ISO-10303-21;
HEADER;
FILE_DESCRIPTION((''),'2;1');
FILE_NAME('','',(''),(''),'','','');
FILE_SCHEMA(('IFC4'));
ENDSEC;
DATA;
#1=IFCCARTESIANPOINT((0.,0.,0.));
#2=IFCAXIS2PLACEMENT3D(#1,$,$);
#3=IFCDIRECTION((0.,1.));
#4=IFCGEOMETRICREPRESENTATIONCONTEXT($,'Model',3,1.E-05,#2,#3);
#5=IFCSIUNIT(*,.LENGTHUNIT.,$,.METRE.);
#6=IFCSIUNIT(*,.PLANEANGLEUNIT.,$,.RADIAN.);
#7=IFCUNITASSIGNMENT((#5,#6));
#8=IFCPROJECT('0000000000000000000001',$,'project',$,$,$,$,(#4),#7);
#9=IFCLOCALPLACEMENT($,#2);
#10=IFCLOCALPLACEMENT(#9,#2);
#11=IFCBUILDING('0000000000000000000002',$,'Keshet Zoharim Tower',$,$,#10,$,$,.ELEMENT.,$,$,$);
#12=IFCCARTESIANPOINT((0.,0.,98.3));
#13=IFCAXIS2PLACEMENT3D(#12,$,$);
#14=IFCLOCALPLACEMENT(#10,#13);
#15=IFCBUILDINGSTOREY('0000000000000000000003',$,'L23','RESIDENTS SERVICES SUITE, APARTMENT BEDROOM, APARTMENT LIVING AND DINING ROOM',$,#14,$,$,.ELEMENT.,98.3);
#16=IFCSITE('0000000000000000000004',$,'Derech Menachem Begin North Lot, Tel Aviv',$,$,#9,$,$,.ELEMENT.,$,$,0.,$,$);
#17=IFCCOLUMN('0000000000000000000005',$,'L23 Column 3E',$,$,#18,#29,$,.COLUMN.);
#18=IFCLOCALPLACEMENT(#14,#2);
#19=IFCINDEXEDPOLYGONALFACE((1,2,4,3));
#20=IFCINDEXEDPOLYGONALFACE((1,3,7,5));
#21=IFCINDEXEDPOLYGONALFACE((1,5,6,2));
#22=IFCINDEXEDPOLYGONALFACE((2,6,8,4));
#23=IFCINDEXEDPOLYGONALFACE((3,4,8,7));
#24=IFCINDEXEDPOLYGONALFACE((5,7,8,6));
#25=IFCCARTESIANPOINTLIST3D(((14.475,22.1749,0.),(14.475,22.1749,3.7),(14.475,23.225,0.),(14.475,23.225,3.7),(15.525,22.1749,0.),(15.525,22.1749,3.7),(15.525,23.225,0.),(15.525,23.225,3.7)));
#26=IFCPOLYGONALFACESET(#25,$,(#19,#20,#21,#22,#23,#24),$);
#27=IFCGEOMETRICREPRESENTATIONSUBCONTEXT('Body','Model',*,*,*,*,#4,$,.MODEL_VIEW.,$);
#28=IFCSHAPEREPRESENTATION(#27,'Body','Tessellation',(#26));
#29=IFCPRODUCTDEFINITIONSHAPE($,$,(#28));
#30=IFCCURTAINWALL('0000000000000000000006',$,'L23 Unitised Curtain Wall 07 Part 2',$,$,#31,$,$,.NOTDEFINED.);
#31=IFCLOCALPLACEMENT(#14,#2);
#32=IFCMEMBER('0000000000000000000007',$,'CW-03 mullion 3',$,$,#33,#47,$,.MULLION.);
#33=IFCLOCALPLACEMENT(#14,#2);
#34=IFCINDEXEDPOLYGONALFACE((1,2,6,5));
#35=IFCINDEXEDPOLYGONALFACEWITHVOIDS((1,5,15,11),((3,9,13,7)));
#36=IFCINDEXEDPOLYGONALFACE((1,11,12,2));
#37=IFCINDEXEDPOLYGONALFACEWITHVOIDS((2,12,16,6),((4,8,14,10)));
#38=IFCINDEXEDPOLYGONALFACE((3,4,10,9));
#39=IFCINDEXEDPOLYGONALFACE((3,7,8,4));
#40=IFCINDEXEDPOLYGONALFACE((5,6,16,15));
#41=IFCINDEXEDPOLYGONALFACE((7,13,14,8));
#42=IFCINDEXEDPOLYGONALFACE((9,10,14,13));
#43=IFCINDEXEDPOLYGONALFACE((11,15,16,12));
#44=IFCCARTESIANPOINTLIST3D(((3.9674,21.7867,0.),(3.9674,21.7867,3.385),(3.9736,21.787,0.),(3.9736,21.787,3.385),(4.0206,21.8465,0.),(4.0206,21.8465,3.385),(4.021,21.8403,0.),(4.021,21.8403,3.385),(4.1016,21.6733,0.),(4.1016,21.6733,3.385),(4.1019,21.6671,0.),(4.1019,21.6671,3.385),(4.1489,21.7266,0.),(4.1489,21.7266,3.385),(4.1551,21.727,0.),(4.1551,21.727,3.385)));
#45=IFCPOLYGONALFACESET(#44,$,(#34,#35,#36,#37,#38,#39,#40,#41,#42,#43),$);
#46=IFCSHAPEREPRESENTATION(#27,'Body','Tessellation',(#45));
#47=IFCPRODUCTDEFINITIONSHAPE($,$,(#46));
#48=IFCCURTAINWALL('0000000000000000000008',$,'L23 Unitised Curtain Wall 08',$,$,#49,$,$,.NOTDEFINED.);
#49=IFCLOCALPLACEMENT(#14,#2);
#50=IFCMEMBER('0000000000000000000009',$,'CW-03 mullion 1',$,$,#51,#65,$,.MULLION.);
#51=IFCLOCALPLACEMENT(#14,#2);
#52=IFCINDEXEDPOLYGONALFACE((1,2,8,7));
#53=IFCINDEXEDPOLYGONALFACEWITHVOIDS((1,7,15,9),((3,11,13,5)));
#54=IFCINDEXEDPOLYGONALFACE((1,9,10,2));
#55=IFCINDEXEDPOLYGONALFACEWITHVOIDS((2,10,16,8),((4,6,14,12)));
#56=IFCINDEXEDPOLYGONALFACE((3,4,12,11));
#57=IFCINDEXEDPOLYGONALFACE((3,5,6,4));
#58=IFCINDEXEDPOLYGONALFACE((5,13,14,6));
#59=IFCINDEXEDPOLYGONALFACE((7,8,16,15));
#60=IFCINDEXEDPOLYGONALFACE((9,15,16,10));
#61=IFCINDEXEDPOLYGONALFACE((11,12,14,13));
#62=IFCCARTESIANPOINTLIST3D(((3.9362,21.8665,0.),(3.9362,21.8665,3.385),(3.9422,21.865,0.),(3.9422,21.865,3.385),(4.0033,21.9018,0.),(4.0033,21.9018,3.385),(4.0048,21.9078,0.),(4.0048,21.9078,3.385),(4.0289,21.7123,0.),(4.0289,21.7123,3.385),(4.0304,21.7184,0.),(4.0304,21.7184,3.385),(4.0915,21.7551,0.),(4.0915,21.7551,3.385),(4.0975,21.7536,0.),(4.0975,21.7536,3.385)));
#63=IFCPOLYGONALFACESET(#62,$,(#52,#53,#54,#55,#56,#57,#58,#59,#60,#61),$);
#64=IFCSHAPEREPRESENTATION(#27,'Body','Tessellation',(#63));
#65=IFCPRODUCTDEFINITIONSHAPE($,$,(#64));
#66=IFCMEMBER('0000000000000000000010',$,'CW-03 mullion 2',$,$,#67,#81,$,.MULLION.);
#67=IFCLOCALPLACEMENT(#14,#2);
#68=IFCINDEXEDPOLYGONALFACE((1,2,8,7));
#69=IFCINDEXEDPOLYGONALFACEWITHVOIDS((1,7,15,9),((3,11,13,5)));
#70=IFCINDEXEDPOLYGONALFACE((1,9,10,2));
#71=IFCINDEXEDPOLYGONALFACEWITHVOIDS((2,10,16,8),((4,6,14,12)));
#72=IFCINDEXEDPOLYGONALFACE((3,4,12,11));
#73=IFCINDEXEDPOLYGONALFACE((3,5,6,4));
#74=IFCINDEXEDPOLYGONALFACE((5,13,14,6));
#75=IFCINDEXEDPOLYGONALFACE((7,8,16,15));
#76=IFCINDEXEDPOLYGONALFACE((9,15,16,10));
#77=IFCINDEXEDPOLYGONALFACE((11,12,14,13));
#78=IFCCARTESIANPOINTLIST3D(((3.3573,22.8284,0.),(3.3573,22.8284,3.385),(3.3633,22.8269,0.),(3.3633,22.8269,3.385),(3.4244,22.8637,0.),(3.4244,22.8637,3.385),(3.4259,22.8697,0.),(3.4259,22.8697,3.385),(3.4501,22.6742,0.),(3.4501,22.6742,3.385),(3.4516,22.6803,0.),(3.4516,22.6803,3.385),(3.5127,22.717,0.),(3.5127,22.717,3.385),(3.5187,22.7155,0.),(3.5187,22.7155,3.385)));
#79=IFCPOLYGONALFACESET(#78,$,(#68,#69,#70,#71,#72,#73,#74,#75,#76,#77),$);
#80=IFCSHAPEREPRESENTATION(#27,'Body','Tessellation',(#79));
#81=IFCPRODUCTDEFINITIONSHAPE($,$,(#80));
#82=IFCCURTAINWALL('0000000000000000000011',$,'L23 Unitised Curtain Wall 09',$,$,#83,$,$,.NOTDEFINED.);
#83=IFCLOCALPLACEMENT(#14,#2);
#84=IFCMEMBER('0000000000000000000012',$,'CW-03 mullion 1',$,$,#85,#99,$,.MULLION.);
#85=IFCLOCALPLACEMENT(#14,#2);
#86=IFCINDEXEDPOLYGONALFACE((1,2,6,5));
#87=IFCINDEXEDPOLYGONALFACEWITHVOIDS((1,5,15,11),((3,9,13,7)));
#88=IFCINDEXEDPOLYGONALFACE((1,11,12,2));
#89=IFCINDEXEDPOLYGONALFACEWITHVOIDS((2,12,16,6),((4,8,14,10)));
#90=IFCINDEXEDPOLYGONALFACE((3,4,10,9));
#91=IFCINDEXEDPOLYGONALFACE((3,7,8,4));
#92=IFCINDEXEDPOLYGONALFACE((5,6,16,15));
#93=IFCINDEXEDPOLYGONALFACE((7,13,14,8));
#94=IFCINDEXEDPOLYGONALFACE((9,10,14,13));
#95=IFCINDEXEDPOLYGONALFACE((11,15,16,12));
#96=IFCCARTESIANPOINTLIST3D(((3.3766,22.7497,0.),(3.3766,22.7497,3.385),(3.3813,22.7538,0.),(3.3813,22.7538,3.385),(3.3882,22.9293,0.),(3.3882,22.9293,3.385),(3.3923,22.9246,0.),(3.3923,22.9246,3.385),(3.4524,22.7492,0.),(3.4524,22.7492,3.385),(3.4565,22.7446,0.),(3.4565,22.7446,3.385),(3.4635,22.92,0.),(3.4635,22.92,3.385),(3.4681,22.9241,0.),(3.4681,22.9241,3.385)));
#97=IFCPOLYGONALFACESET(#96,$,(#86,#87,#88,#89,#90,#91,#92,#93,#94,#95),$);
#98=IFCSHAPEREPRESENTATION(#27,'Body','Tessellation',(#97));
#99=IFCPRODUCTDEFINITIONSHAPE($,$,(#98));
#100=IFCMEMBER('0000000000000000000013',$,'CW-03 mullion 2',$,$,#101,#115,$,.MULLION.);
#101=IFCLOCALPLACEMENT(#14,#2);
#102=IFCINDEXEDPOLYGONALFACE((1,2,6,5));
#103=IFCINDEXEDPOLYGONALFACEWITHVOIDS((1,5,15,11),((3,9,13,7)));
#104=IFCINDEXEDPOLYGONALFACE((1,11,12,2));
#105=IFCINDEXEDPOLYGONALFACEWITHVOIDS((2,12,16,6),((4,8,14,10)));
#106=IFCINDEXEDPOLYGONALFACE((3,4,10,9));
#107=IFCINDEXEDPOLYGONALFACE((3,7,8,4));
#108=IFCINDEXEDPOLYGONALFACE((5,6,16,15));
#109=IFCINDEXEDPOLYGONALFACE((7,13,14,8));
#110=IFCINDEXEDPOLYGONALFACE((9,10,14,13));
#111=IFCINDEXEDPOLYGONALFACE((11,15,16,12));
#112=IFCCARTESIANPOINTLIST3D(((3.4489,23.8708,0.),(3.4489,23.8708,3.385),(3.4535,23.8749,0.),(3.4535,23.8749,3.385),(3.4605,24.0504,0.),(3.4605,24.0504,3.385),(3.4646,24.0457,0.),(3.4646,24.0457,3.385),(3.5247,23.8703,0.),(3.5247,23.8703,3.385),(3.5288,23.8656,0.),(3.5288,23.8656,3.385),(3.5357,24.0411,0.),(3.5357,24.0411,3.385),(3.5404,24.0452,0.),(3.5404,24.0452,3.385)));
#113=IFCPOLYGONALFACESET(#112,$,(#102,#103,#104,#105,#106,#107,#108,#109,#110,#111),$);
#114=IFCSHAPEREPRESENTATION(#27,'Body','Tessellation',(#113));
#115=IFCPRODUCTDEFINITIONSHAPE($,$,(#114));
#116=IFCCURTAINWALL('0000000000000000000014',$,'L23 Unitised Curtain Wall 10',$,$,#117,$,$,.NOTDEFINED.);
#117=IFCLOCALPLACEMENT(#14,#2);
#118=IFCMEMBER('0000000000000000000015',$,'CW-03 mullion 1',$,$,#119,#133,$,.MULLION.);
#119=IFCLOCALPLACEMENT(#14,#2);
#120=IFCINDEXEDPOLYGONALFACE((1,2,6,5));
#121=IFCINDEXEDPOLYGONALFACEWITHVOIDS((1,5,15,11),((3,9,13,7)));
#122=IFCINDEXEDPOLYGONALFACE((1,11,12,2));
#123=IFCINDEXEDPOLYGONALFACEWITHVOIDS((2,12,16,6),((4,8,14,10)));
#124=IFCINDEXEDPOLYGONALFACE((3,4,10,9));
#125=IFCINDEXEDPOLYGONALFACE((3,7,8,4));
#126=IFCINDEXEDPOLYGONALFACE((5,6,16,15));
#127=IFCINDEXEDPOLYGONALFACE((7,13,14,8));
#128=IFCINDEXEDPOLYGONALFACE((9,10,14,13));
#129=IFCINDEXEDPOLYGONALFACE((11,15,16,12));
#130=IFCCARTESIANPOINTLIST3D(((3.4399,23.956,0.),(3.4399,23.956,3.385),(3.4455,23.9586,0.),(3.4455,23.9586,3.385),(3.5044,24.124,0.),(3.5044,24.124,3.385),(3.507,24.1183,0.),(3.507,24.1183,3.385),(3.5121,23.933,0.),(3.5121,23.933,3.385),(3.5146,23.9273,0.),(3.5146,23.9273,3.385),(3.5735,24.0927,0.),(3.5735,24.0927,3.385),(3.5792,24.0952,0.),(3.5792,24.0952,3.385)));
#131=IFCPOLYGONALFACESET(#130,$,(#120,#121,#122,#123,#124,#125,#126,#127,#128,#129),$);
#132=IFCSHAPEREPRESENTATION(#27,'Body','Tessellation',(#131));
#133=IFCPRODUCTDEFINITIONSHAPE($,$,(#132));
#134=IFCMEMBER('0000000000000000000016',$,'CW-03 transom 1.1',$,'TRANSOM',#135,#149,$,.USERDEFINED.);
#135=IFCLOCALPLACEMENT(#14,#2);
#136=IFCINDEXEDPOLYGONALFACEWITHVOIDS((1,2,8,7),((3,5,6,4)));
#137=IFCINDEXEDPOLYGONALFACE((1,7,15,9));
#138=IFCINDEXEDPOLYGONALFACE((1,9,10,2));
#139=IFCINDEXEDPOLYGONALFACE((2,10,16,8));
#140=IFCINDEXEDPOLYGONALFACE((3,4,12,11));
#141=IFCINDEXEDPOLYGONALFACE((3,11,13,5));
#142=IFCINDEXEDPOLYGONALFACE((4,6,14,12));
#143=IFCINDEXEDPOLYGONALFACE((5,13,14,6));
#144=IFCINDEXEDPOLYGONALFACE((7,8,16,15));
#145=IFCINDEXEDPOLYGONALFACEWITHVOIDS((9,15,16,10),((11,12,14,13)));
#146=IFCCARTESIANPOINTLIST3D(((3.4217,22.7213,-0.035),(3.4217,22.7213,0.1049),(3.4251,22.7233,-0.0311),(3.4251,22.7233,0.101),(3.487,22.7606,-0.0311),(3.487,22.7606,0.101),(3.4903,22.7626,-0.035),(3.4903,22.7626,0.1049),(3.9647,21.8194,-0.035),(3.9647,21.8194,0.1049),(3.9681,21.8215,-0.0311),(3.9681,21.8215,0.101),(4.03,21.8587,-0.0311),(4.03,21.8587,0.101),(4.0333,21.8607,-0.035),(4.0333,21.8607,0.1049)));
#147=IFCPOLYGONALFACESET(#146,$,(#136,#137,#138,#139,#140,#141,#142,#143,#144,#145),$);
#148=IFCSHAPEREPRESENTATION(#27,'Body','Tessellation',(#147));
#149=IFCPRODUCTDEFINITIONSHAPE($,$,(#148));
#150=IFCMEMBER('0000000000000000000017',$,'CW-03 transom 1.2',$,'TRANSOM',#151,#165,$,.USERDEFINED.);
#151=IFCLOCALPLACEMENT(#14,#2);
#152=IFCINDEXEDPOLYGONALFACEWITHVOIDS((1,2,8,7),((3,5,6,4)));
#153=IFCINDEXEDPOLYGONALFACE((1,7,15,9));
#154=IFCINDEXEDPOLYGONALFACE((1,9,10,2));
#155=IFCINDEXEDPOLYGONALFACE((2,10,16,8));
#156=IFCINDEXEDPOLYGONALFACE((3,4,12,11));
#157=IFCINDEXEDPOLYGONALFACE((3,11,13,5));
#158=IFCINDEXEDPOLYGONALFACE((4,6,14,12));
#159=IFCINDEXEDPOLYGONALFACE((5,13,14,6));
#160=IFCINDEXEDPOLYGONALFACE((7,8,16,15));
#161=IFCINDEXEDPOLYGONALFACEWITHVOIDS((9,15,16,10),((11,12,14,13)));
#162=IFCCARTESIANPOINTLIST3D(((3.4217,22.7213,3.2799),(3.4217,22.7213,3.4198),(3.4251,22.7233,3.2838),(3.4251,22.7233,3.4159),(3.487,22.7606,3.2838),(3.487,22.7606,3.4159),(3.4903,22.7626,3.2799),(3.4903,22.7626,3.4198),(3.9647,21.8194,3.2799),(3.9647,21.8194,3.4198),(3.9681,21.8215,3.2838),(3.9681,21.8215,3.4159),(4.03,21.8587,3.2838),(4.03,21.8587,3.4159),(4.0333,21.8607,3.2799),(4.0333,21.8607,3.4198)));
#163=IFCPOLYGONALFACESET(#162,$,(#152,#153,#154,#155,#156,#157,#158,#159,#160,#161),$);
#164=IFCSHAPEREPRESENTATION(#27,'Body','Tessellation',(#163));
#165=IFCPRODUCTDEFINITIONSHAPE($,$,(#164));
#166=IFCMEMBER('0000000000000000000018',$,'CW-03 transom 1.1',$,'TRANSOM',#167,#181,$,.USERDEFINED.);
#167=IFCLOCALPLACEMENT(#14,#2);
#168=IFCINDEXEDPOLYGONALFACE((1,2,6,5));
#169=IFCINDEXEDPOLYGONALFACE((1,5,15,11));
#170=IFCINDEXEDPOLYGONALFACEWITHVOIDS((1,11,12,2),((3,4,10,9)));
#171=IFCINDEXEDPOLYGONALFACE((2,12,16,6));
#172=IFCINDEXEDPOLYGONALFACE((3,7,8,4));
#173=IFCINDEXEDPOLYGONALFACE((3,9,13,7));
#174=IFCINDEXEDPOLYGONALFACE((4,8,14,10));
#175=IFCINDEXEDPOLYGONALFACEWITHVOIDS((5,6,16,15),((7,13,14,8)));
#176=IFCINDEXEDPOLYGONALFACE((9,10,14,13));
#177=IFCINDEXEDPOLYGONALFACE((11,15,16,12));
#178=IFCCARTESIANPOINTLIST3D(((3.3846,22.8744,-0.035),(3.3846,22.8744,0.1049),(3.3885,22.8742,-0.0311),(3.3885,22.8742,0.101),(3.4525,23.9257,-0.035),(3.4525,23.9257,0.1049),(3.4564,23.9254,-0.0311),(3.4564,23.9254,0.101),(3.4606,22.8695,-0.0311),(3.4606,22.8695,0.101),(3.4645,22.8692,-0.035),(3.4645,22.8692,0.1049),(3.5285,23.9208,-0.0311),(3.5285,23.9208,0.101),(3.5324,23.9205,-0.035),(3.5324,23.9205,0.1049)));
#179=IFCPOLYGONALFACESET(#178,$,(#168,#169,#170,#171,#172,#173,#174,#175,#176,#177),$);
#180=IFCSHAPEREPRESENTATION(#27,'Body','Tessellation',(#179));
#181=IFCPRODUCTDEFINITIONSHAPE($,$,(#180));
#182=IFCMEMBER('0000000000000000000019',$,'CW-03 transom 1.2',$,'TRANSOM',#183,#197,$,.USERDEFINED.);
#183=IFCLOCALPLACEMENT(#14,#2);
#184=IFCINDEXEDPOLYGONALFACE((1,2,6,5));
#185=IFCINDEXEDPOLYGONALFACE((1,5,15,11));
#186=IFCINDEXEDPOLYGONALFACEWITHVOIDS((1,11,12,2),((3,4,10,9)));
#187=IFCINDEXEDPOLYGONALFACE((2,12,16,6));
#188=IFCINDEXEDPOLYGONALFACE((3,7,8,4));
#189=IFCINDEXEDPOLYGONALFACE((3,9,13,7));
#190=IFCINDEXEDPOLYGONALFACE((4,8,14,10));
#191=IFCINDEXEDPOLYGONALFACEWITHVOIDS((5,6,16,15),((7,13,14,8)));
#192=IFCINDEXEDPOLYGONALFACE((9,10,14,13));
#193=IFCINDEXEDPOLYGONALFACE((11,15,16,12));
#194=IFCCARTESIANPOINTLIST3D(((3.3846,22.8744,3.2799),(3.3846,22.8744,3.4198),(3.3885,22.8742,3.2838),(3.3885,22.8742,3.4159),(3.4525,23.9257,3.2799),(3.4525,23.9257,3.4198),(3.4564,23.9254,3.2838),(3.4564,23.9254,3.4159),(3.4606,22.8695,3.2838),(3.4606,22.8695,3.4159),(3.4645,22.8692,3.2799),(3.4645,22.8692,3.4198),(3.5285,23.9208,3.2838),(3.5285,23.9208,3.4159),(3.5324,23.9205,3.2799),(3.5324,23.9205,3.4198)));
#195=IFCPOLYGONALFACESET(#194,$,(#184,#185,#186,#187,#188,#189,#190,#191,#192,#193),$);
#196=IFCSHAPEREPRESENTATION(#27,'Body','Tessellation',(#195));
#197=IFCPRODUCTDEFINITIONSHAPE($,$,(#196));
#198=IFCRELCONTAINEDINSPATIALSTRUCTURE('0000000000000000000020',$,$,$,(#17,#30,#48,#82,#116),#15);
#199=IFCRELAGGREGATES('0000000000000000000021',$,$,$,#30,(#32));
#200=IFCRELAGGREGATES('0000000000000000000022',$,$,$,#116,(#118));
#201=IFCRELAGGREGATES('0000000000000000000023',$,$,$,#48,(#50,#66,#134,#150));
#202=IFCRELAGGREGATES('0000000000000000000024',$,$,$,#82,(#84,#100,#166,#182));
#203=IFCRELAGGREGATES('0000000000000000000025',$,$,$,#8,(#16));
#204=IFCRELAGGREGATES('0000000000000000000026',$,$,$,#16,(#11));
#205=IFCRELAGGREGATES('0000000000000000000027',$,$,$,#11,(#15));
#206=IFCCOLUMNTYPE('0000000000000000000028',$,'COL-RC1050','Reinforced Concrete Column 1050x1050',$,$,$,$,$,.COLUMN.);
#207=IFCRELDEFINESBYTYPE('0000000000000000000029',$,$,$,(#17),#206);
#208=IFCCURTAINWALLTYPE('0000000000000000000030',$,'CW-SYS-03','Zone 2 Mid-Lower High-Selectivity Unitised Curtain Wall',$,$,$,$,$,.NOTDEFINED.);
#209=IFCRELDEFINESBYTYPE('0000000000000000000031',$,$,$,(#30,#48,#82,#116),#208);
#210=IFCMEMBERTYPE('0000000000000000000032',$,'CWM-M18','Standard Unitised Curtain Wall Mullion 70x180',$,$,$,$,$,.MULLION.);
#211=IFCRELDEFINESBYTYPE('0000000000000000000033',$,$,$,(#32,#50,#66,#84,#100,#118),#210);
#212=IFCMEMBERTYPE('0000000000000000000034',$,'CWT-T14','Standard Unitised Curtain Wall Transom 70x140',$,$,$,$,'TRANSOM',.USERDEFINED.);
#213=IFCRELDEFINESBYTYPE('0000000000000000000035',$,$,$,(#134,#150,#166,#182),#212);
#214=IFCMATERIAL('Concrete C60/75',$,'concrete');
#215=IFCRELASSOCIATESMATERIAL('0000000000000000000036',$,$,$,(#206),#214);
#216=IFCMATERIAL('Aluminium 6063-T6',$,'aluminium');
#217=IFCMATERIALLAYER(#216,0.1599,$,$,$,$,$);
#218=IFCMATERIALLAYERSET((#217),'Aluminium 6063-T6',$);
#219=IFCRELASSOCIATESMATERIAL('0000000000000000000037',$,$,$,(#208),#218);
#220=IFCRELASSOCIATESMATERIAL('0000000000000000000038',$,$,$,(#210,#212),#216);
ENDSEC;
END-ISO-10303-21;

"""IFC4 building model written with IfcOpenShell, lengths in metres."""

from ifc_helpers import new_model, si_unit, direction, frame, origin, origin_2d, place, context, subcontext, project, spatial, rectangle, hollow_rectangle, extrude, material, layer, layer_set, material_profile, profile_set, type_object, element, aggregate, save


model = new_model("IFC4")

# Units and contexts
model_context = context("Model", 3, precision=1e-05, world=origin(), true_north=direction((0.0, 1.0)))
body_context = subcontext(model_context, "Body", "Model", "MODEL_VIEW")
ifc_project = project(units=[si_unit("LENGTHUNIT", "METRE"), si_unit("PLANEANGLEUNIT", "RADIAN")], contexts=[model_context])

# Site, building, storey
site_placement = place(None, origin())
site = spatial("IfcSite", under=ifc_project, at=site_placement, Name="Derech Menachem Begin North Lot, Tel Aviv", CompositionType="ELEMENT", RefElevation=0.0)
building_placement = place(site_placement, origin())
building = spatial("IfcBuilding", under=site, at=building_placement, Name="Keshet Zoharim Tower", CompositionType="ELEMENT")
storey_placement = place(building_placement, frame((0.0, 0.0, 98.3)))
storey = spatial("IfcBuildingStorey", under=building, at=storey_placement, Name="L23", Description="RESIDENTS SERVICES SUITE, APARTMENT BEDROOM, APARTMENT LIVING AND DINING ROOM", CompositionType="ELEMENT", Elevation=98.3)

# Column
ifc_material_1 = material(Name="Concrete C60/75", Category="concrete")
ifc_material_profile_1 = material_profile(ifc_material_1, rectangle(XDim=1.05, YDim=1.05, at=origin_2d()), Name="RC1050x1050")
ifc_profile_set_1 = profile_set([ifc_material_profile_1], Name="Concrete C60/75")
column_type = type_object("IfcColumnType", Name="COL-RC1050", Description="Reinforced Concrete Column 1050x1050", PredefinedType="COLUMN", material=ifc_profile_set_1)
column_placement = place(storey_placement, frame((15.0, 22.7, 0.0), z_axis=(0.0, 0.0, 1.0), x_axis=(1.0, 0.0, 0.0)))
element("IfcColumn", 1, at=column_placement, inside=storey, type_object=column_type, Name="L23 Column 3E", PredefinedType="COLUMN", context=body_context, shape_type="SweptSolid", body=[
    extrude(rectangle(XDim=1.05, YDim=1.05, at=origin_2d()), origin(), (0.0, 0.0, 1.0), 3.7),
])

# Curtain wall, member
ifc_material_2 = material(Name="Aluminium 6063-T6", Category="aluminium")
ifc_layer_1 = layer(ifc_material_2, 0.1599)
ifc_layer_set_1 = layer_set([ifc_layer_1], Name="Aluminium 6063-T6")
curtain_wall_type = type_object("IfcCurtainWallType", Name="CW-SYS-03", Description="Zone 2 Mid-Lower High-Selectivity Unitised Curtain Wall", PredefinedType="NOTDEFINED", material=ifc_layer_set_1)
curtain_wall_1_placement = place(storey_placement, origin())
curtain_wall_1 = element("IfcCurtainWall", 2, at=curtain_wall_1_placement, inside=storey, type_object=curtain_wall_type, Name="L23 Unitised Curtain Wall 07 Part 2", PredefinedType="NOTDEFINED")
ifc_material_profile_2 = material_profile(ifc_material_2, hollow_rectangle(XDim=0.0801, YDim=0.1799, WallThickness=0.0044, at=origin_2d()), Name="MUL-80x180")
ifc_profile_set_2 = profile_set([ifc_material_profile_2], Name="Aluminium 6063-T6")
member_type_1 = type_object("IfcMemberType", Name="CWM-M18", Description="Standard Unitised Curtain Wall Mullion 70x180", PredefinedType="MULLION", material=ifc_profile_set_2)
member_1_placement = place(storey_placement, frame((4.0613, 21.7568, 0.0), z_axis=(0.0, 0.0, 1.0), x_axis=(-0.664364, -0.747409, 0.0)))
member_1 = element("IfcMember", 3, at=member_1_placement, type_object=member_type_1, Name="CW-03 mullion 3", PredefinedType="MULLION", context=body_context, shape_type="SweptSolid", body=[
    extrude(hollow_rectangle(XDim=0.0801, YDim=0.1799, WallThickness=0.0044, at=origin_2d()), origin(), (0.0, 0.0, 1.0), 3.385),
])
aggregate(curtain_wall_1, [member_1])

# Curtain walls, members
curtain_wall_2_placement = place(storey_placement, origin())
curtain_wall_2 = element("IfcCurtainWall", 4, at=curtain_wall_2_placement, inside=storey, type_object=curtain_wall_type, Name="L23 Unitised Curtain Wall 08", PredefinedType="NOTDEFINED")
member_2_placement = place(storey_placement, frame((4.0168, 21.8101, 0.0), z_axis=(0.0, 0.0, 1.0), x_axis=(-0.856826, -0.515605, 0.0)))
member_2 = element("IfcMember", 5, at=member_2_placement, type_object=member_type_1, Name="CW-03 mullion 1", PredefinedType="MULLION", context=body_context, shape_type="SweptSolid", body=[
    extrude(hollow_rectangle(XDim=0.0801, YDim=0.1799, WallThickness=0.0044, at=origin_2d()), origin(), (0.0, 0.0, 1.0), 3.385),
])
member_3_placement = place(storey_placement, frame((3.438, 22.772, 0.0), z_axis=(0.0, 0.0, 1.0), x_axis=(-0.856826, -0.515605, 0.0)))
member_3 = element("IfcMember", 6, at=member_3_placement, type_object=member_type_1, Name="CW-03 mullion 2", PredefinedType="MULLION", context=body_context, shape_type="SweptSolid", body=[
    extrude(hollow_rectangle(XDim=0.0801, YDim=0.1799, WallThickness=0.0044, at=origin_2d()), origin(), (0.0, 0.0, 1.0), 3.385),
])
curtain_wall_3_placement = place(storey_placement, origin())
curtain_wall_3 = element("IfcCurtainWall", 7, at=curtain_wall_3_placement, inside=storey, type_object=curtain_wall_type, Name="L23 Unitised Curtain Wall 09", PredefinedType="NOTDEFINED")
member_4_placement = place(storey_placement, frame((3.4224, 22.8369, 0.0), z_axis=(0.0, 0.0, 1.0), x_axis=(-0.997917, 0.064517, 0.0)))
member_4 = element("IfcMember", 8, at=member_4_placement, type_object=member_type_1, Name="CW-03 mullion 1", PredefinedType="MULLION", context=body_context, shape_type="SweptSolid", body=[
    extrude(hollow_rectangle(XDim=0.0801, YDim=0.1799, WallThickness=0.0044, at=origin_2d()), origin(), (0.0, 0.0, 1.0), 3.385),
])
member_5_placement = place(storey_placement, frame((3.4946, 23.958, 0.0), z_axis=(0.0, 0.0, 1.0), x_axis=(-0.997917, 0.064517, 0.0)))
member_5 = element("IfcMember", 9, at=member_5_placement, type_object=member_type_1, Name="CW-03 mullion 2", PredefinedType="MULLION", context=body_context, shape_type="SweptSolid", body=[
    extrude(hollow_rectangle(XDim=0.0801, YDim=0.1799, WallThickness=0.0044, at=origin_2d()), origin(), (0.0, 0.0, 1.0), 3.385),
])

# Curtain wall, member
curtain_wall_4_placement = place(storey_placement, origin())
curtain_wall_4 = element("IfcCurtainWall", 10, at=curtain_wall_4_placement, inside=storey, type_object=curtain_wall_type, Name="L23 Unitised Curtain Wall 10", PredefinedType="NOTDEFINED")
member_6_placement = place(storey_placement, frame((3.5095, 24.0256, 0.0), z_axis=(0.0, 0.0, 1.0), x_axis=(-0.933341, 0.35899, 0.0)))
member_6 = element("IfcMember", 11, at=member_6_placement, type_object=member_type_1, Name="CW-03 mullion 1", PredefinedType="MULLION", context=body_context, shape_type="SweptSolid", body=[
    extrude(hollow_rectangle(XDim=0.0801, YDim=0.1799, WallThickness=0.0044, at=origin_2d()), origin(), (0.0, 0.0, 1.0), 3.385),
])

# Members
ifc_material_profile_3 = material_profile(ifc_material_2, hollow_rectangle(XDim=0.0801, YDim=0.1399, WallThickness=0.0039, at=origin_2d()), Name="TRN-80x140")
ifc_profile_set_3 = profile_set([ifc_material_profile_3], Name="Aluminium 6063-T6")
member_type_2 = type_object("IfcMemberType", Name="CWT-T14", Description="Standard Unitised Curtain Wall Transom 70x140", ElementType="TRANSOM", PredefinedType="USERDEFINED", material=ifc_profile_set_3)
member_7_placement = place(storey_placement, frame((3.999, 21.8401, 0.0349), z_axis=(-0.515791, 0.856714, 0.0), x_axis=(-0.856714, -0.515791, 0.0)))
member_7 = element("IfcMember", 12, at=member_7_placement, type_object=member_type_2, Name="CW-03 transom 1.1", ObjectType="TRANSOM", PredefinedType="USERDEFINED", context=body_context, shape_type="SweptSolid", body=[
    extrude(hollow_rectangle(XDim=0.0801, YDim=0.1399, WallThickness=0.0039, at=origin_2d()), origin(), (0.0, 0.0, 1.0), 1.0527),
])
member_8_placement = place(storey_placement, frame((3.999, 21.8401, 3.3499), z_axis=(-0.515791, 0.856714, 0.0), x_axis=(-0.856714, -0.515791, 0.0)))
member_8 = element("IfcMember", 13, at=member_8_placement, type_object=member_type_2, Name="CW-03 transom 1.2", ObjectType="TRANSOM", PredefinedType="USERDEFINED", context=body_context, shape_type="SweptSolid", body=[
    extrude(hollow_rectangle(XDim=0.0801, YDim=0.1399, WallThickness=0.0039, at=origin_2d()), origin(), (0.0, 0.0, 1.0), 1.0527),
])
member_9_placement = place(storey_placement, frame((3.4246, 22.8718, 0.0349), z_axis=(0.064427, 0.997922, 0.0), x_axis=(-0.997922, 0.064427, 0.0)))
member_9 = element("IfcMember", 14, at=member_9_placement, type_object=member_type_2, Name="CW-03 transom 1.1", ObjectType="TRANSOM", PredefinedType="USERDEFINED", context=body_context, shape_type="SweptSolid", body=[
    extrude(hollow_rectangle(XDim=0.0801, YDim=0.1399, WallThickness=0.0039, at=origin_2d()), origin(), (0.0, 0.0, 1.0), 1.0535),
])
member_10_placement = place(storey_placement, frame((3.4246, 22.8718, 3.3499), z_axis=(0.064427, 0.997922, 0.0), x_axis=(-0.997922, 0.064427, 0.0)))
member_10 = element("IfcMember", 15, at=member_10_placement, type_object=member_type_2, Name="CW-03 transom 1.2", ObjectType="TRANSOM", PredefinedType="USERDEFINED", context=body_context, shape_type="SweptSolid", body=[
    extrude(hollow_rectangle(XDim=0.0801, YDim=0.1399, WallThickness=0.0039, at=origin_2d()), origin(), (0.0, 0.0, 1.0), 1.0535),
])
aggregate(curtain_wall_4, [member_6])

aggregate(curtain_wall_2, [member_2, member_3, member_7, member_8])
aggregate(curtain_wall_3, [member_4, member_5, member_9, member_10])

save(model, "model.ifc")
